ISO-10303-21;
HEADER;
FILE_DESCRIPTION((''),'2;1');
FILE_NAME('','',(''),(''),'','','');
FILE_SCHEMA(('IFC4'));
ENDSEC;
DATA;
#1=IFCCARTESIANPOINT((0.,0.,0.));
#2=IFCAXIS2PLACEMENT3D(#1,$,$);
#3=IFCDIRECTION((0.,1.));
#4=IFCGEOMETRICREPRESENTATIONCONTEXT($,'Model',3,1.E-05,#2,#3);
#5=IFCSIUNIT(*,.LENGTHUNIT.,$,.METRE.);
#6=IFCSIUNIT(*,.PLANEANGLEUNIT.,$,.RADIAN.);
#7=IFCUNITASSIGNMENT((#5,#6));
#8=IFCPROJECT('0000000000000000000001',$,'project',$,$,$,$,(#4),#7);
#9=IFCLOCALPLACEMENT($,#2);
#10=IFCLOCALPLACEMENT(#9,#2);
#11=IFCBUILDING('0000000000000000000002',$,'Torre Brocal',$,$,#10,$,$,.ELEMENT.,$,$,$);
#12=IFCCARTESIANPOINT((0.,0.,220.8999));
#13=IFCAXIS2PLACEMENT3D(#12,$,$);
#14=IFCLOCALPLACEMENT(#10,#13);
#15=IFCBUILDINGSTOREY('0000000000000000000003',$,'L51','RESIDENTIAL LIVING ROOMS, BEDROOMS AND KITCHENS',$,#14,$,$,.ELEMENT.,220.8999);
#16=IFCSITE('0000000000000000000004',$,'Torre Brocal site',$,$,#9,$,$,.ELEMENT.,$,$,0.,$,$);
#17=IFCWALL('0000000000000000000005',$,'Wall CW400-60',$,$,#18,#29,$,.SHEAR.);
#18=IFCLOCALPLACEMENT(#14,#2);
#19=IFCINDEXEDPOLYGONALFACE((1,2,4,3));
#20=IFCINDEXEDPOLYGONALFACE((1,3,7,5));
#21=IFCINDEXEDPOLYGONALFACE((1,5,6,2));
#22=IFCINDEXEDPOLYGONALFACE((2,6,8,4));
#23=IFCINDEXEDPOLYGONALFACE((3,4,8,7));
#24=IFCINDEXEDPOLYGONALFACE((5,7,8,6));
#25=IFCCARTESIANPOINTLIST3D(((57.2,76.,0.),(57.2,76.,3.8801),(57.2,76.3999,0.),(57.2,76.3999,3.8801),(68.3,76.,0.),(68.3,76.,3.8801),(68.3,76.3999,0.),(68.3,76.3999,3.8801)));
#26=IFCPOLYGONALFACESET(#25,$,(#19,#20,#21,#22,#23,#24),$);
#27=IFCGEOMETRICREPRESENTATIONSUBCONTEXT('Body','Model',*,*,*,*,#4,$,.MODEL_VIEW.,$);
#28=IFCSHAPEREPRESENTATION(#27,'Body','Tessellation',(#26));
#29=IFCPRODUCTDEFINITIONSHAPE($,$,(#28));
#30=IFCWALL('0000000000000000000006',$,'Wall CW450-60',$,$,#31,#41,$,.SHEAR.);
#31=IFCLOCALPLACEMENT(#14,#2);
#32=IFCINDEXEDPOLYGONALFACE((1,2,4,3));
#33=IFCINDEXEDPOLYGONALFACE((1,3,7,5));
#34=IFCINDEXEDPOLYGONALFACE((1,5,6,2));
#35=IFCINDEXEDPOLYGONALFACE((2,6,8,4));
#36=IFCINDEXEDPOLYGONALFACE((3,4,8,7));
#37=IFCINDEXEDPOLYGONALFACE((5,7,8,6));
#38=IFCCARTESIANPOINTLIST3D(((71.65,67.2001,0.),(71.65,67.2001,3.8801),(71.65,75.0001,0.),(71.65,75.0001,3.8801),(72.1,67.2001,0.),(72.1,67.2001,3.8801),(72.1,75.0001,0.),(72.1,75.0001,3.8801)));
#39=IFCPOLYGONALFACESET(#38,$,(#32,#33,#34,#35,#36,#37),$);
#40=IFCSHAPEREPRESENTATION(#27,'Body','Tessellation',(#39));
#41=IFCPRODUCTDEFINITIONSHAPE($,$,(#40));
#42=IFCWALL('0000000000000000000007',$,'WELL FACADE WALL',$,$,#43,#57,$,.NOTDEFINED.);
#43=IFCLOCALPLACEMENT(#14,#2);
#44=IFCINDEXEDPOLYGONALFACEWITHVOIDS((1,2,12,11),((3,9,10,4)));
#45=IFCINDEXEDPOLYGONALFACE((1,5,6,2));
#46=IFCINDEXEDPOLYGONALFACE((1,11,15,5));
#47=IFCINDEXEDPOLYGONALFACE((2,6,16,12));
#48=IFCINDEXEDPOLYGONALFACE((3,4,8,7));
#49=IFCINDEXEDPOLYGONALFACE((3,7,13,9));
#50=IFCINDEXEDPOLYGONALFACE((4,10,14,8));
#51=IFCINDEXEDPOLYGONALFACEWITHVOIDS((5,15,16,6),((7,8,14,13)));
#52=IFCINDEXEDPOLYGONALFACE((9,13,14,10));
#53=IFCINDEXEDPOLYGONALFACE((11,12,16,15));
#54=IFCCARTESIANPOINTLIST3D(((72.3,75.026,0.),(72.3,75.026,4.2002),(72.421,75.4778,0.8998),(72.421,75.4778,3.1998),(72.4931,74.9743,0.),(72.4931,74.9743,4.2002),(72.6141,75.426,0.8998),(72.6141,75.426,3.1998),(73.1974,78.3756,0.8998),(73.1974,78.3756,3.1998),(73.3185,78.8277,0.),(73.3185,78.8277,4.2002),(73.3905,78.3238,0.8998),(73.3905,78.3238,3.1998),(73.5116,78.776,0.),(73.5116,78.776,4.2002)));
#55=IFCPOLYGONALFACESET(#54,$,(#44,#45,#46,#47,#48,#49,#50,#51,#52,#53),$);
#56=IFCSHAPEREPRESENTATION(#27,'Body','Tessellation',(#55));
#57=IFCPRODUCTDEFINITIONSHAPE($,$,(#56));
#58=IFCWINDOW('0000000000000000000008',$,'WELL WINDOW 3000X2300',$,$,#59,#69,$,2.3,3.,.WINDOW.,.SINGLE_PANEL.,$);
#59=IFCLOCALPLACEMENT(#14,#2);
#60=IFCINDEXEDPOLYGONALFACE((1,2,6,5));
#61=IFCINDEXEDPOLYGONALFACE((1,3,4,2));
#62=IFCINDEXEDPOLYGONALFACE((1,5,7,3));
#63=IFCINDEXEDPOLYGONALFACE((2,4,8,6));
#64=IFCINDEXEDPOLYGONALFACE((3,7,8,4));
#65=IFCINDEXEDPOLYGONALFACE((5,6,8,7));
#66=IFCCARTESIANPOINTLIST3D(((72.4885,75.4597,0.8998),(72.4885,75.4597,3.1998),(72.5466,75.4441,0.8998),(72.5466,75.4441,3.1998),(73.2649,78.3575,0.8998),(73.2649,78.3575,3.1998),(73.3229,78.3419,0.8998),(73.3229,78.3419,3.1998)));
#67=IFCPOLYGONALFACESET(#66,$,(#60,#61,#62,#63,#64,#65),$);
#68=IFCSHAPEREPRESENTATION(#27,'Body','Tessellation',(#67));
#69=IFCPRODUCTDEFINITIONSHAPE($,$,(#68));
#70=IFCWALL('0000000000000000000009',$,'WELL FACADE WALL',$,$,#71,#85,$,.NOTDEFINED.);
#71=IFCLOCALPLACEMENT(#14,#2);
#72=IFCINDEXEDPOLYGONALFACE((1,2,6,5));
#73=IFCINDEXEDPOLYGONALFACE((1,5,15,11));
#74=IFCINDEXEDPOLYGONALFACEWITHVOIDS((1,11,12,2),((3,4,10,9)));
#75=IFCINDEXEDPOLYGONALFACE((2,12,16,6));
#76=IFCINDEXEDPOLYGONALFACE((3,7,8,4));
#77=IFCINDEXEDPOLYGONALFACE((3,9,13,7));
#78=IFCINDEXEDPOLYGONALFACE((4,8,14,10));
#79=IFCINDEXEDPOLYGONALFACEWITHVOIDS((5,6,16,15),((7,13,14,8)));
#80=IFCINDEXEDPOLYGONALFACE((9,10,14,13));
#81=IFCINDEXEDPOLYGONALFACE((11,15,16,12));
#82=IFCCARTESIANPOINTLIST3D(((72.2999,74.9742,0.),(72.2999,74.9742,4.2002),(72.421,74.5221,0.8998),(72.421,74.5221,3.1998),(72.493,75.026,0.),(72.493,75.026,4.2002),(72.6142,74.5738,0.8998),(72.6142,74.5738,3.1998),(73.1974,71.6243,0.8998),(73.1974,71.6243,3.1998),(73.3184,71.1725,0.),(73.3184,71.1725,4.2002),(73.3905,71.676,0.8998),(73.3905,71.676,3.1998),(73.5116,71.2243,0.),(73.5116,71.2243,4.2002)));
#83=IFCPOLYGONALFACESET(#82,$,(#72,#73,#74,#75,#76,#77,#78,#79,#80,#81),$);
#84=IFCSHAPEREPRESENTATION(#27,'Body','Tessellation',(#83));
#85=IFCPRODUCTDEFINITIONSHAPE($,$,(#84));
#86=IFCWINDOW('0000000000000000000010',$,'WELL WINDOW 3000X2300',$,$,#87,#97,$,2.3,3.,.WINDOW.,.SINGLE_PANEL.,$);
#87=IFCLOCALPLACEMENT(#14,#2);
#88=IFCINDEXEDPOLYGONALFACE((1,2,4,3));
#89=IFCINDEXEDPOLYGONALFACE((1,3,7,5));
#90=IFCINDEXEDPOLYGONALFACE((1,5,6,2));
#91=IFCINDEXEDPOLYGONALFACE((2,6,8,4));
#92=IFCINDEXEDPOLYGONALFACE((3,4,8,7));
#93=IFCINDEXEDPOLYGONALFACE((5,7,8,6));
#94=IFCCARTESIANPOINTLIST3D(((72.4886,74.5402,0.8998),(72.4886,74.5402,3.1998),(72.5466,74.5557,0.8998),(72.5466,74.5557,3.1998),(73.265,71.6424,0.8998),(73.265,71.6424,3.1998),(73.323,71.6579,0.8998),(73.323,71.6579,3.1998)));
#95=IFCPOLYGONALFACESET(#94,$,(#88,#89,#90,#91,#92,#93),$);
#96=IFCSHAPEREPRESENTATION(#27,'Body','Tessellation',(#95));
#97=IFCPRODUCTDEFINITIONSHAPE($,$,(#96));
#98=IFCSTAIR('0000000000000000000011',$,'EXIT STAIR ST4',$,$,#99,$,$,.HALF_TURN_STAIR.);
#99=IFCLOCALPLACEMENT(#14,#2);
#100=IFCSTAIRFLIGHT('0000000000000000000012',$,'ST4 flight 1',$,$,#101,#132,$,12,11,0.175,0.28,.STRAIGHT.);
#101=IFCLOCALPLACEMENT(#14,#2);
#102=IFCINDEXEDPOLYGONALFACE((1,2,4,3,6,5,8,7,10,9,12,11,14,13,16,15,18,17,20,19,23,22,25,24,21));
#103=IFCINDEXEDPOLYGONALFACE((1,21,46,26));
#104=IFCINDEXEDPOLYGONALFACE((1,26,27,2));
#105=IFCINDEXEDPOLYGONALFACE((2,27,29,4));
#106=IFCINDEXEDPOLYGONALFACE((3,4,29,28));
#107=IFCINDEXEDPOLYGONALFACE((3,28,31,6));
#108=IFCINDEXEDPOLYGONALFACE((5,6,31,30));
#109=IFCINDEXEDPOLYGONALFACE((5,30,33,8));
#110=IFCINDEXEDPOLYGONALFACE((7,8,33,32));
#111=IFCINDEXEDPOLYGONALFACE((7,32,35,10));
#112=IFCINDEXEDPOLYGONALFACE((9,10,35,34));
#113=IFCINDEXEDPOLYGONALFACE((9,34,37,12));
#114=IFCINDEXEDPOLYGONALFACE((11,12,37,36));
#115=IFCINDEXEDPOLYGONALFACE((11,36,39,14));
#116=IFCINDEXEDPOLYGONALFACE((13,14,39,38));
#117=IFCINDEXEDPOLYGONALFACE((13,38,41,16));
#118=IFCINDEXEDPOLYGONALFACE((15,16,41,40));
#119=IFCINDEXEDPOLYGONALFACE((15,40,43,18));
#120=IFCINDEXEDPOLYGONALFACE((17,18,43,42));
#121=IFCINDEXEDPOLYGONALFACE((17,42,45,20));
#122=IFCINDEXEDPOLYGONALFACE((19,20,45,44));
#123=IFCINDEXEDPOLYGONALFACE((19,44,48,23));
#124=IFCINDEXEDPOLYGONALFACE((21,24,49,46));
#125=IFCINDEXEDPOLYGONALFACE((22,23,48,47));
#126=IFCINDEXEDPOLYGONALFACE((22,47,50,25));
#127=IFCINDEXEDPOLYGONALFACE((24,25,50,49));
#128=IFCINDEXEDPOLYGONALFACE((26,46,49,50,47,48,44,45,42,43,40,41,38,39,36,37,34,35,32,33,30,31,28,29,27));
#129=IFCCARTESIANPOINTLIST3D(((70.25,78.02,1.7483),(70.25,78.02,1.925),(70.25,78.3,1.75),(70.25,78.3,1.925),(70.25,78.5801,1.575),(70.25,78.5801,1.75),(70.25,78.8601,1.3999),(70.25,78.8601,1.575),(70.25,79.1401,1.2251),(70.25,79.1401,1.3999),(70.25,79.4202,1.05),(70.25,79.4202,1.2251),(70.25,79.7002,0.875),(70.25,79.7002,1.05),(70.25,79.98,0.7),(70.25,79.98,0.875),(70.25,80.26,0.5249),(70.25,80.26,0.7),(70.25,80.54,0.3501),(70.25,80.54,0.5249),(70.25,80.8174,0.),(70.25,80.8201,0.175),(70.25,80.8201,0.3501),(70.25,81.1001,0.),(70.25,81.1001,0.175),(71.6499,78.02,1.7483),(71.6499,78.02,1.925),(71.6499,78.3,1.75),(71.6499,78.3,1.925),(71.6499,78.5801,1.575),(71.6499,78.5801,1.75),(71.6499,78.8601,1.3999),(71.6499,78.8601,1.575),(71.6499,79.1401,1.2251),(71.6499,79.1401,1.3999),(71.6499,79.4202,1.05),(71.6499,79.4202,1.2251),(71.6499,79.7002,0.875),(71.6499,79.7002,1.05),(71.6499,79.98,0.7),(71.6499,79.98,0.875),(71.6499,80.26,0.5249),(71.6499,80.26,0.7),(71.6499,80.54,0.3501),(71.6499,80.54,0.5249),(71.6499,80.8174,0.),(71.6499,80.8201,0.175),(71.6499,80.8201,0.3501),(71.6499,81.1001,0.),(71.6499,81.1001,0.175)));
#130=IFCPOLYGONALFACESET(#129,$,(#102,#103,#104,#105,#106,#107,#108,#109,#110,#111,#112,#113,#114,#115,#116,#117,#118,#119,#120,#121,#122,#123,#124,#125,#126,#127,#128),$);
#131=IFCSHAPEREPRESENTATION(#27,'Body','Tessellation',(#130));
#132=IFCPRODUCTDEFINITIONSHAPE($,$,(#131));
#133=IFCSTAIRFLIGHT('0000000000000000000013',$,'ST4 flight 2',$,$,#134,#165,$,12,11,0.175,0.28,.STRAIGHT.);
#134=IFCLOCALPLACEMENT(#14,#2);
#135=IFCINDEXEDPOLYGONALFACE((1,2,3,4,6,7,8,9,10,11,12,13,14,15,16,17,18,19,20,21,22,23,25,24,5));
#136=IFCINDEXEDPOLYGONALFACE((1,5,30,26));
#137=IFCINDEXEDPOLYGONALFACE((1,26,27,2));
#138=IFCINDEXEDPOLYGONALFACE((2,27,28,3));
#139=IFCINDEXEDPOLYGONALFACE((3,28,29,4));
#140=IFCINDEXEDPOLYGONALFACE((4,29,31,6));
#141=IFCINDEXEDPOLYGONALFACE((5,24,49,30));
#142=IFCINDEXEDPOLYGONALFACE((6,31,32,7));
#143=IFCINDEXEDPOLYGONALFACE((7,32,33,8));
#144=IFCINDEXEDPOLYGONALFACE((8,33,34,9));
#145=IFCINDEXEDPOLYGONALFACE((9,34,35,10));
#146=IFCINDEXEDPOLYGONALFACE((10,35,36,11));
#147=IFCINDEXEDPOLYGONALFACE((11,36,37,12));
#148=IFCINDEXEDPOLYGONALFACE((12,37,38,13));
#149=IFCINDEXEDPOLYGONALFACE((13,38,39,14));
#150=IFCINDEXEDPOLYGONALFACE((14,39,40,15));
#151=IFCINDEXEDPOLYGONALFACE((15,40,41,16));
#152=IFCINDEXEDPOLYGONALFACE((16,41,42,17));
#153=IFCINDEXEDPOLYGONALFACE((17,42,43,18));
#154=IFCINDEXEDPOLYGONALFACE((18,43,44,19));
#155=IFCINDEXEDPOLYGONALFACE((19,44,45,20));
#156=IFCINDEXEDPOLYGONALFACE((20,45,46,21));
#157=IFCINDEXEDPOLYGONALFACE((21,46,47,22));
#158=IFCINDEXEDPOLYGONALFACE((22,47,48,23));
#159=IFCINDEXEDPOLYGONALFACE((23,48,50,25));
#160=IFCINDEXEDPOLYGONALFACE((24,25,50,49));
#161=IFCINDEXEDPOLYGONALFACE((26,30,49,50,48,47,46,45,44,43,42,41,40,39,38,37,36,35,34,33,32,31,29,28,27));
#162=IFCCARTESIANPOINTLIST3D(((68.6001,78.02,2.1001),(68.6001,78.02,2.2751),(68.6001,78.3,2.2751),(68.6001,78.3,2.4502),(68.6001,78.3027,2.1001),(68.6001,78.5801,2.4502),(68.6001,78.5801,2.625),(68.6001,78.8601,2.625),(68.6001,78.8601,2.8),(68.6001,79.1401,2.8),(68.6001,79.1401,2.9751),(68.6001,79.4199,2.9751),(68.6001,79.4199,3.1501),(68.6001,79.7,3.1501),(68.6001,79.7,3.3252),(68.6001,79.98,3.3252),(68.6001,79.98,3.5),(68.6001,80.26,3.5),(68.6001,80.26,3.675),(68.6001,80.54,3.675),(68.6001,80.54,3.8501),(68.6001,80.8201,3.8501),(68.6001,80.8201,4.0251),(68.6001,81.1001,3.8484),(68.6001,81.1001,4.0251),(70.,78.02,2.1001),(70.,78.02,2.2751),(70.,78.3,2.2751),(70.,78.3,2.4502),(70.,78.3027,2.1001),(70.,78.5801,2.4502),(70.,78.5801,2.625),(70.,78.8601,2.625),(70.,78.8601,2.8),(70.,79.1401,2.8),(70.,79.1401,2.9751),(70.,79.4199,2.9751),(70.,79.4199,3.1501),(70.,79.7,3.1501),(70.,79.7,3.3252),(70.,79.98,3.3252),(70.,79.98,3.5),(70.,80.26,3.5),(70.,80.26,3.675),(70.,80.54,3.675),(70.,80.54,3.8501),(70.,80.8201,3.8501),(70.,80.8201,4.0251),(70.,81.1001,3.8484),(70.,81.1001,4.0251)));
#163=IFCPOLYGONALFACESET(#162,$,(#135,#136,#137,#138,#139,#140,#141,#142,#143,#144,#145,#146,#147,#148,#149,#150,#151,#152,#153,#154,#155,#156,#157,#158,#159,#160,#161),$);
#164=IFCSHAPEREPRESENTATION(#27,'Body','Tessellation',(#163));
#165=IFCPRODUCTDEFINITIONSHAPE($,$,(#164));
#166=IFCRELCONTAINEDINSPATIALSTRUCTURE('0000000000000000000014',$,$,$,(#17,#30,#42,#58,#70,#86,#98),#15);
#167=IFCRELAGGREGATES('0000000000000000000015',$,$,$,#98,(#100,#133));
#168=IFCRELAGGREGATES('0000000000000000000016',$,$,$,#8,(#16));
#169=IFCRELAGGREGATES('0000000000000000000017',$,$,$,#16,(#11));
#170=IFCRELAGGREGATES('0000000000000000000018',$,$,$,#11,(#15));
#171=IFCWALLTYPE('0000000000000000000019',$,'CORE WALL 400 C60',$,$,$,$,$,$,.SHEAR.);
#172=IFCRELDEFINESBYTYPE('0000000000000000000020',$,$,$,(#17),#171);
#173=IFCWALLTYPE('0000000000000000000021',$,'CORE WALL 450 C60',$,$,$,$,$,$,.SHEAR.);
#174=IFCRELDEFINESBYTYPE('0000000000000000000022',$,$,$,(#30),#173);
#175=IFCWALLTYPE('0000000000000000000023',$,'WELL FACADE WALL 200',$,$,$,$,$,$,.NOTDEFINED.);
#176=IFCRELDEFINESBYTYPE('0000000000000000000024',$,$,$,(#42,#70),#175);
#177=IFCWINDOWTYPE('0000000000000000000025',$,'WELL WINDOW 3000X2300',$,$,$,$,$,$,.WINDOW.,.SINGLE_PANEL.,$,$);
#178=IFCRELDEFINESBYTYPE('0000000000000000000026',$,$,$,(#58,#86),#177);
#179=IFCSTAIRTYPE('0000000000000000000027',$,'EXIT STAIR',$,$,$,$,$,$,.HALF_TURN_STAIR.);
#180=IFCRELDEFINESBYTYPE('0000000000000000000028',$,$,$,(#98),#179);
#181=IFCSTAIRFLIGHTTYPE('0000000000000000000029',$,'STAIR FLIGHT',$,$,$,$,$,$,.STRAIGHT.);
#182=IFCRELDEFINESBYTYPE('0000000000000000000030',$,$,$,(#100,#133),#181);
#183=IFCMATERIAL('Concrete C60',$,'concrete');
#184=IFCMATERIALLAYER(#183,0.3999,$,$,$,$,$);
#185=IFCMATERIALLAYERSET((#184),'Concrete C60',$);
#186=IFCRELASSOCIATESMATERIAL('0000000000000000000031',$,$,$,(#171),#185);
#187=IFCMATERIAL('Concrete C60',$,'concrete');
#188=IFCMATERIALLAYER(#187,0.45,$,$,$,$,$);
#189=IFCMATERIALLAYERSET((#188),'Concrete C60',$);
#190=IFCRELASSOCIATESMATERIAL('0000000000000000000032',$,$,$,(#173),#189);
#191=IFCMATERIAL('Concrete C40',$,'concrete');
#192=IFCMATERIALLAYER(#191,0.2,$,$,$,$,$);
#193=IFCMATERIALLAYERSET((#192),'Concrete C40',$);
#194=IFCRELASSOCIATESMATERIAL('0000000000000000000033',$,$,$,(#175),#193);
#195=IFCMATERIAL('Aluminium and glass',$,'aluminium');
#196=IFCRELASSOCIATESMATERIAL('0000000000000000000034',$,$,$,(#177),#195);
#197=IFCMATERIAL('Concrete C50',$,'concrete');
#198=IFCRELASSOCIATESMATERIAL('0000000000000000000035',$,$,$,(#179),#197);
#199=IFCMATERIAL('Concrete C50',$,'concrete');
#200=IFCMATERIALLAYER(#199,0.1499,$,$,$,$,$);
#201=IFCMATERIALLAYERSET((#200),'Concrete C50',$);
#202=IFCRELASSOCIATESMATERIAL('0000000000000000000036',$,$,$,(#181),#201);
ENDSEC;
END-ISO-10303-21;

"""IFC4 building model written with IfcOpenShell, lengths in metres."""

from ifc_helpers import new_model, si_unit, direction, frame, frame_2d, origin, place, context, subcontext, project, spatial, polyline, rectangle, outline, extrude, material, layer, layer_set, type_object, element, fill, aggregate, save


model = new_model("IFC4")

# Units and contexts
model_context = context("Model", 3, precision=1e-05, world=origin(), true_north=direction((0.0, 1.0)))
body_context = subcontext(model_context, "Body", "Model", "MODEL_VIEW")
ifc_project = project(units=[si_unit("LENGTHUNIT", "METRE"), si_unit("PLANEANGLEUNIT", "RADIAN")], contexts=[model_context])

# Site, building, storey
site_placement = place(None, origin())
site = spatial("IfcSite", under=ifc_project, at=site_placement, Name="Torre Brocal site", CompositionType="ELEMENT", RefElevation=0.0)
building_placement = place(site_placement, origin())
building = spatial("IfcBuilding", under=site, at=building_placement, Name="Torre Brocal", CompositionType="ELEMENT")
storey_placement = place(building_placement, frame((0.0, 0.0, 220.8999)))
storey = spatial("IfcBuildingStorey", under=building, at=storey_placement, Name="L51", Description="RESIDENTIAL LIVING ROOMS, BEDROOMS AND KITCHENS", CompositionType="ELEMENT", Elevation=220.8999)

# Walls
ifc_material_1 = material(Name="Concrete C60", Category="concrete")
ifc_layer_1 = layer(ifc_material_1, 0.3999)
ifc_layer_set_1 = layer_set([ifc_layer_1], Name="Concrete C60")
wall_type_1 = type_object("IfcWallType", Name="CORE WALL 400 C60", PredefinedType="SHEAR", material=ifc_layer_set_1)
wall_1_placement = place(storey_placement, frame((68.3, 76.2, 0.0), z_axis=(0.0, 0.0, 1.0), x_axis=(-1.0, 0.0, 0.0)))
element("IfcWall", 1, at=wall_1_placement, inside=storey, type_object=wall_type_1, Name="Wall CW400-60", PredefinedType="SHEAR", context=body_context, shape_type="SweptSolid", body=[
    extrude(rectangle(XDim=11.1001, YDim=0.3999, at=frame_2d((5.55, 0.0))), origin(), (0.0, 0.0, 1.0), 3.8801),
])
ifc_material_2 = material(Name="Concrete C60", Category="concrete")
ifc_layer_2 = layer(ifc_material_2, 0.45)
ifc_layer_set_2 = layer_set([ifc_layer_2], Name="Concrete C60")
wall_type_2 = type_object("IfcWallType", Name="CORE WALL 450 C60", PredefinedType="SHEAR", material=ifc_layer_set_2)
wall_2_placement = place(storey_placement, frame((71.875, 75.0, 0.0), z_axis=(0.0, 0.0, 1.0), x_axis=(0.0, -1.0, 0.0)))
element("IfcWall", 2, at=wall_2_placement, inside=storey, type_object=wall_type_2, Name="Wall CW450-60", PredefinedType="SHEAR", context=body_context, shape_type="SweptSolid", body=[
    extrude(rectangle(XDim=7.8, YDim=0.45, at=frame_2d((3.8999, 0.0))), origin(), (0.0, 0.0, 1.0), 3.8801),
])

# Walls, openings, windows
ifc_material_3 = material(Name="Concrete C40", Category="concrete")
ifc_layer_3 = layer(ifc_material_3, 0.2)
ifc_layer_set_3 = layer_set([ifc_layer_3], Name="Concrete C40")
wall_type_3 = type_object("IfcWallType", Name="WELL FACADE WALL 200", PredefinedType="NOTDEFINED", material=ifc_layer_set_3)
wall_3_placement = place(storey_placement, frame((73.415, 78.8018, 0.0), z_axis=(0.0, 0.0, 1.0), x_axis=(-0.25879, -0.965934, 0.0)))
wall_3 = element("IfcWall", 3, at=wall_3_placement, inside=storey, type_object=wall_type_3, Name="WELL FACADE WALL", PredefinedType="NOTDEFINED", context=body_context, shape_type="SweptSolid", body=[
    extrude(rectangle(XDim=3.9358, YDim=0.2, at=frame_2d((1.9678, 0.0))), origin(), (0.0, 0.0, 1.0), 4.2002),
])
opening_1_placement = place(wall_3_placement, frame((0.468, 0.0, 0.8999)))
opening_1 = element("IfcOpeningElement", 4, at=opening_1_placement, cuts=wall_3, PredefinedType="OPENING", context=body_context, shape_type="SweptSolid", body=[
    extrude(rectangle(XDim=3.0, YDim=2.3, at=frame_2d((1.5, 1.1499))), frame((0.0, 0.1099, 0.0), z_axis=(0.0, -1.0, 0.0), x_axis=(1.0, 0.0, 0.0)), (0.0, 0.0, 1.0), 0.22),
])
ifc_material_4 = material(Name="Aluminium and glass", Category="aluminium")
window_type = type_object("IfcWindowType", Name="WELL WINDOW 3000X2300", PartitioningType="SINGLE_PANEL", PredefinedType="WINDOW", material=ifc_material_4)
window_1_placement = place(opening_1_placement, origin())
window_1 = element("IfcWindow", 5, at=window_1_placement, inside=storey, type_object=window_type, Name="WELL WINDOW 3000X2300", OverallHeight=2.3, OverallWidth=3.0, PartitioningType="SINGLE_PANEL", PredefinedType="WINDOW", context=body_context, shape_type="SweptSolid", body=[
    extrude(rectangle(XDim=3.0, YDim=2.3, at=frame_2d((1.5, 1.1499))), frame((0.0, 0.03, 0.0), z_axis=(0.0, -1.0, 0.0), x_axis=(1.0, 0.0, 0.0)), (0.0, 0.0, 1.0), 0.0601),
])
fill(opening_1, window_1)
wall_4_placement = place(storey_placement, frame((72.3965, 75.0, 0.0), z_axis=(0.0, 0.0, 1.0), x_axis=(0.25879, -0.965934, 0.0)))
wall_4 = element("IfcWall", 6, at=wall_4_placement, inside=storey, type_object=wall_type_3, Name="WELL FACADE WALL", PredefinedType="NOTDEFINED", context=body_context, shape_type="SweptSolid", body=[
    extrude(rectangle(XDim=3.9358, YDim=0.2, at=frame_2d((1.9678, 0.0))), origin(), (0.0, 0.0, 1.0), 4.2002),
])
opening_2_placement = place(wall_4_placement, frame((0.468, 0.0, 0.8999)))
opening_2 = element("IfcOpeningElement", 7, at=opening_2_placement, cuts=wall_4, PredefinedType="OPENING", context=body_context, shape_type="SweptSolid", body=[
    extrude(rectangle(XDim=3.0, YDim=2.3, at=frame_2d((1.5, 1.1499))), frame((0.0, 0.1099, 0.0), z_axis=(0.0, -1.0, 0.0), x_axis=(1.0, 0.0, 0.0)), (0.0, 0.0, 1.0), 0.22),
])
window_2_placement = place(opening_2_placement, origin())
window_2 = element("IfcWindow", 8, at=window_2_placement, inside=storey, type_object=window_type, Name="WELL WINDOW 3000X2300", OverallHeight=2.3, OverallWidth=3.0, PartitioningType="SINGLE_PANEL", PredefinedType="WINDOW", context=body_context, shape_type="SweptSolid", body=[
    extrude(rectangle(XDim=3.0, YDim=2.3, at=frame_2d((1.5, 1.1499))), frame((0.0, 0.03, 0.0), z_axis=(0.0, -1.0, 0.0), x_axis=(1.0, 0.0, 0.0)), (0.0, 0.0, 1.0), 0.0601),
])
fill(opening_2, window_2)

# Stair, stair flights
ifc_material_5 = material(Name="Concrete C50", Category="concrete")
stair_type = type_object("IfcStairType", Name="EXIT STAIR", PredefinedType="HALF_TURN_STAIR", material=ifc_material_5)
stair_placement = place(storey_placement, origin())
stair = element("IfcStair", 9, at=stair_placement, inside=storey, type_object=stair_type, Name="EXIT STAIR ST4", PredefinedType="HALF_TURN_STAIR")
ifc_material_6 = material(Name="Concrete C50", Category="concrete")
ifc_layer_4 = layer(ifc_material_6, 0.1499)
ifc_layer_set_4 = layer_set([ifc_layer_4], Name="Concrete C50")
stair_flight_type = type_object("IfcStairFlightType", Name="STAIR FLIGHT", PredefinedType="STRAIGHT", material=ifc_layer_set_4)
stair_flight_1_placement = place(storey_placement, frame((70.95, 81.1001, 0.0), z_axis=(0.0, 0.0, 1.0), x_axis=(0.0, -1.0, 0.0)))
stair_flight_1 = element("IfcStairFlight", 10, at=stair_flight_1_placement, type_object=stair_flight_type, Name="ST4 flight 1", NumberOfRisers=12, NumberOfTreads=11, PredefinedType="STRAIGHT", RiserHeight=0.175, TreadLength=0.28, context=body_context, shape_type="SweptSolid", body=[
    extrude(outline(polyline([(0.0, 0.0), (0.0, 0.175), (0.28, 0.175), (0.28, 0.3501), (0.5601, 0.3501), (0.5601, 0.5249), (0.8401, 0.5249), (0.8401, 0.7), (1.1201, 0.7), (1.1201, 0.875), (1.3999, 0.875), (1.3999, 1.05), (1.6799, 1.05), (1.6799, 1.2251), (1.96, 1.2251), (1.96, 1.3999), (2.24, 1.3999), (2.24, 1.575), (2.52, 1.575), (2.52, 1.75), (2.8, 1.75), (2.8, 1.925), (3.0801, 1.925), (3.0801, 2.1001), (3.0801, 1.7483), (0.2827, 0.0), (0.0, 0.0)])), frame((0.0, 0.7, 0.0), z_axis=(0.0, -1.0, 0.0), x_axis=(1.0, 0.0, 0.0)), (0.0, 0.0, 1.0), 1.3999),
])
stair_flight_2_placement = place(storey_placement, frame((69.3, 78.02, 2.1001), z_axis=(0.0, 0.0, 1.0), x_axis=(0.0, 1.0, 0.0)))
stair_flight_2 = element("IfcStairFlight", 11, at=stair_flight_2_placement, type_object=stair_flight_type, Name="ST4 flight 2", NumberOfRisers=12, NumberOfTreads=11, PredefinedType="STRAIGHT", RiserHeight=0.175, TreadLength=0.28, context=body_context, shape_type="SweptSolid", body=[
    extrude(outline(polyline([(0.0, 0.0), (0.0, 0.175), (0.28, 0.175), (0.28, 0.3501), (0.5601, 0.3501), (0.5601, 0.5249), (0.8401, 0.5249), (0.8401, 0.7), (1.1201, 0.7), (1.1201, 0.875), (1.3999, 0.875), (1.3999, 1.05), (1.6799, 1.05), (1.6799, 1.2251), (1.96, 1.2251), (1.96, 1.3999), (2.24, 1.3999), (2.24, 1.575), (2.52, 1.575), (2.52, 1.75), (2.8, 1.75), (2.8, 1.925), (3.0801, 1.925), (3.0801, 2.1001), (3.0801, 1.7483), (0.2827, 0.0), (0.0, 0.0)])), frame((0.0, 0.7, 0.0), z_axis=(0.0, -1.0, 0.0), x_axis=(1.0, 0.0, 0.0)), (0.0, 0.0, 1.0), 1.3999),
])
aggregate(stair, [stair_flight_1, stair_flight_2])

save(model, "model.ifc")
